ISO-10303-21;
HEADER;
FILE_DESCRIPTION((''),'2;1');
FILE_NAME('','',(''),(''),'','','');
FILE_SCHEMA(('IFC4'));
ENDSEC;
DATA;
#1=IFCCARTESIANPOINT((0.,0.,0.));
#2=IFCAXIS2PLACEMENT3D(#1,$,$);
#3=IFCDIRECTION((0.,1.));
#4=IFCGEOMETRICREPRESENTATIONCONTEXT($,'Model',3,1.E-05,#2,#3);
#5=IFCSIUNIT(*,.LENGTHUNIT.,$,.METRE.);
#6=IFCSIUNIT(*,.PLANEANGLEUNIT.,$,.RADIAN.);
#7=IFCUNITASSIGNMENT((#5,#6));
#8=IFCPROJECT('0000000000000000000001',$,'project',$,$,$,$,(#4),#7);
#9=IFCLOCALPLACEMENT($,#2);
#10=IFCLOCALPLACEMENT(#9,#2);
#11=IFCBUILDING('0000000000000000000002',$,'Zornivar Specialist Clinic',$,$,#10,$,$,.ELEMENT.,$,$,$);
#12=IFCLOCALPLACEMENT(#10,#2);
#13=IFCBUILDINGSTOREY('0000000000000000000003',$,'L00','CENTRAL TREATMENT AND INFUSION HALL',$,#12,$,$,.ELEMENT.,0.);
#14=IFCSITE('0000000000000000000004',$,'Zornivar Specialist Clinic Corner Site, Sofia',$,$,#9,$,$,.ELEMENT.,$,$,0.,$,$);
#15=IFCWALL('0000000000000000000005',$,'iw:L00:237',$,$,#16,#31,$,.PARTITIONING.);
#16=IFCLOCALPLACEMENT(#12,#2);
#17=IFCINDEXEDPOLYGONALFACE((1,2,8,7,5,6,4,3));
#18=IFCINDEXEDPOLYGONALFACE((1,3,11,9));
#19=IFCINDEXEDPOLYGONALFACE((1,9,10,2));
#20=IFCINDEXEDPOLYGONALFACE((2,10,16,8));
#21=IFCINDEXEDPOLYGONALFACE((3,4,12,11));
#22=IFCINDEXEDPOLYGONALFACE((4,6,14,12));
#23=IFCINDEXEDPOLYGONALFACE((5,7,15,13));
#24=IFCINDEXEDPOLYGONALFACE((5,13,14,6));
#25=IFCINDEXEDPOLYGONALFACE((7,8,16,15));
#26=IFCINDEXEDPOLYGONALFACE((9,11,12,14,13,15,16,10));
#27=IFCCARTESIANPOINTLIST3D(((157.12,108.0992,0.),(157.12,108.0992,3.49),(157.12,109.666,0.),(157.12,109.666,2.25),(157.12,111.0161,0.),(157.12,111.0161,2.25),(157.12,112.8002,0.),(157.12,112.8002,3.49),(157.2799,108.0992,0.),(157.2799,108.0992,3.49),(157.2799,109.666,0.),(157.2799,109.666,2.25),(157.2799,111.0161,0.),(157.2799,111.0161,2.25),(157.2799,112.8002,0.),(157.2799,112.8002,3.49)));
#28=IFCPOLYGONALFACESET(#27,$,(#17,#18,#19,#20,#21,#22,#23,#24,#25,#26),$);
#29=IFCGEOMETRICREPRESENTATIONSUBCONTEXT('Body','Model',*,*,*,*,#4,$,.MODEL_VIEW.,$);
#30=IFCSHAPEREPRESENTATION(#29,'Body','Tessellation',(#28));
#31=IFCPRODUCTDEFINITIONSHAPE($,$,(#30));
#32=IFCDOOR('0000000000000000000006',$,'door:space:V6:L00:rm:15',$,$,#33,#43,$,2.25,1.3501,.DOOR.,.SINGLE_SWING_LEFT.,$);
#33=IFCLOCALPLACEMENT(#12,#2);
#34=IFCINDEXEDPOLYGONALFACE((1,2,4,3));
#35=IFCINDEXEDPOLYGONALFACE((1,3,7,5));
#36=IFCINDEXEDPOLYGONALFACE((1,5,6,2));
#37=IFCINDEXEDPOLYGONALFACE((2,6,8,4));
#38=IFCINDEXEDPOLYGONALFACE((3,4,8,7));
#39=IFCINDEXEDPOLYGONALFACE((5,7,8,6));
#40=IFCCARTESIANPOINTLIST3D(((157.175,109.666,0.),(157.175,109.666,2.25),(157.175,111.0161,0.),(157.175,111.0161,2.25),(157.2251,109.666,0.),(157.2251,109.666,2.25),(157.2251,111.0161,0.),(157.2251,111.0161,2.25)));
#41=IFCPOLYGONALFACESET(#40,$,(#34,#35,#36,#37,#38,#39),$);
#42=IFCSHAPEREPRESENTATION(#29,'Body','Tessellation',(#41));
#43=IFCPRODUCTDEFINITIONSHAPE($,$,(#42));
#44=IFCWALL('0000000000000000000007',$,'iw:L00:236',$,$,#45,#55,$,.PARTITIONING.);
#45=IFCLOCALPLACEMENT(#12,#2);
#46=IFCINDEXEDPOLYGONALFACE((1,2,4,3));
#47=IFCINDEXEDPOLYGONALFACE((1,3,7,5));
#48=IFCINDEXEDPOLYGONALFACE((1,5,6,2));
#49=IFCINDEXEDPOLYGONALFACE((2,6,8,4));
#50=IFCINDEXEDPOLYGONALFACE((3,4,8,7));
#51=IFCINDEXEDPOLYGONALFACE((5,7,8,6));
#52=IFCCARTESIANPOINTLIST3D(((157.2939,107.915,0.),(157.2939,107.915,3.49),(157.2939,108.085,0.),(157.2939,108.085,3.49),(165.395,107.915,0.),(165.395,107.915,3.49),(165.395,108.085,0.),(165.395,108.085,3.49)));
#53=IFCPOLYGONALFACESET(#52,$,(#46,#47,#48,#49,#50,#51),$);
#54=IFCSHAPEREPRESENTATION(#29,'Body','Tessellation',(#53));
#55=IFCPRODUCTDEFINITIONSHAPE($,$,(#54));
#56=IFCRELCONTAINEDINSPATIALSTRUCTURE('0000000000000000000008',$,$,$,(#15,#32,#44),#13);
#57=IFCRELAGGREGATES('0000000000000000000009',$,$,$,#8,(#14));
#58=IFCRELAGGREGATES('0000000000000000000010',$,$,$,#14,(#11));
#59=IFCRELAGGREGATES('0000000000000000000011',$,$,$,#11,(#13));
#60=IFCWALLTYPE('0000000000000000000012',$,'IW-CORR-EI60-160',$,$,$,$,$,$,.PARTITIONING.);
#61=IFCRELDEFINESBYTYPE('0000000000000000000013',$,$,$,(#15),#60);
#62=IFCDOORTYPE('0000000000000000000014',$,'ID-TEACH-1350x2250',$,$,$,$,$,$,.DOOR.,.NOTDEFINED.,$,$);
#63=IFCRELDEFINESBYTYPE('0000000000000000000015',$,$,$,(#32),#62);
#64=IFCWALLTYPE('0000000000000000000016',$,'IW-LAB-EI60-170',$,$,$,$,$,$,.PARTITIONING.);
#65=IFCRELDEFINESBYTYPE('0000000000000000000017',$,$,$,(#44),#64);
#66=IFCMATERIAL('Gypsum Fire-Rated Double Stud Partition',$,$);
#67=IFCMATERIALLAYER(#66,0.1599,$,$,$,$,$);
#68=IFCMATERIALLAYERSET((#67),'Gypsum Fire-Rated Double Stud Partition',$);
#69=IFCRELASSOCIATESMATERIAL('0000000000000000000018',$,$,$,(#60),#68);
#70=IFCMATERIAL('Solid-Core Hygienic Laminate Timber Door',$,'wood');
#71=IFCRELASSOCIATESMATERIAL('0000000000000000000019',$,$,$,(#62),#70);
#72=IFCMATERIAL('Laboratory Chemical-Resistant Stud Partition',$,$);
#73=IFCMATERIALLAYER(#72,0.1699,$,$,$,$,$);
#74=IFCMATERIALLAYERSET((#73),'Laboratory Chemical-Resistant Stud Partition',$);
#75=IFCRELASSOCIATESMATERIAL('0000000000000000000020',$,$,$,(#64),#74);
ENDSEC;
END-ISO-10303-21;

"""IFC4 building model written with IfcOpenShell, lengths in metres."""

from ifc_helpers import new_model, si_unit, direction, frame, frame_2d, origin, place, context, subcontext, project, spatial, rectangle, extrude, material, layer, layer_set, type_object, element, fill, save


model = new_model("IFC4")

# Units and contexts
model_context = context("Model", 3, precision=1e-05, world=origin(), true_north=direction((0.0, 1.0)))
body_context = subcontext(model_context, "Body", "Model", "MODEL_VIEW")
ifc_project = project(units=[si_unit("LENGTHUNIT", "METRE"), si_unit("PLANEANGLEUNIT", "RADIAN")], contexts=[model_context])

# Site, building, storey
site_placement = place(None, origin())
site = spatial("IfcSite", under=ifc_project, at=site_placement, Name="Zornivar Specialist Clinic Corner Site, Sofia", CompositionType="ELEMENT", RefElevation=0.0)
building_placement = place(site_placement, origin())
building = spatial("IfcBuilding", under=site, at=building_placement, Name="Zornivar Specialist Clinic", CompositionType="ELEMENT")
storey_placement = place(building_placement, origin())
storey = spatial("IfcBuildingStorey", under=building, at=storey_placement, Name="L00", Description="CENTRAL TREATMENT AND INFUSION HALL", CompositionType="ELEMENT", Elevation=0.0)

# Wall, opening, door
ifc_material_1 = material(Name="Gypsum Fire-Rated Double Stud Partition")
ifc_layer_1 = layer(ifc_material_1, 0.1599)
ifc_layer_set_1 = layer_set([ifc_layer_1], Name="Gypsum Fire-Rated Double Stud Partition")
wall_type_1 = type_object("IfcWallType", Name="IW-CORR-EI60-160", PredefinedType="PARTITIONING", material=ifc_layer_set_1)
wall_1_placement = place(storey_placement, frame((157.2, 108.0991, 0.0), z_axis=(0.0, 0.0, 1.0), x_axis=(0.0, 1.0, 0.0)))
wall_1 = element("IfcWall", 1, at=wall_1_placement, inside=storey, type_object=wall_type_1, Name="iw:L00:237", PredefinedType="PARTITIONING", context=body_context, shape_type="SweptSolid", body=[
    extrude(rectangle(XDim=4.7009, YDim=0.1599, at=frame_2d((2.3506, 0.0))), origin(), (0.0, 0.0, 1.0), 3.49),
])
opening_placement = place(wall_1_placement, frame((1.5669, 0.0, 0.0)))
opening = element("IfcOpeningElement", 2, at=opening_placement, cuts=wall_1, PredefinedType="OPENING", context=body_context, shape_type="SweptSolid", body=[
    extrude(rectangle(XDim=1.3501, YDim=2.25, at=frame_2d((0.675, 1.125))), frame((0.0, 0.0898, 0.0), z_axis=(0.0, -1.0, 0.0), x_axis=(1.0, 0.0, 0.0)), (0.0, 0.0, 1.0), 0.1799),
])
ifc_material_2 = material(Name="Solid-Core Hygienic Laminate Timber Door", Category="wood")
door_type = type_object("IfcDoorType", Name="ID-TEACH-1350x2250", OperationType="NOTDEFINED", PredefinedType="DOOR", material=ifc_material_2)
door_placement = place(opening_placement, origin())
door = element("IfcDoor", 3, at=door_placement, inside=storey, type_object=door_type, Name="door:space:V6:L00:rm:15", OperationType="SINGLE_SWING_LEFT", OverallHeight=2.25, OverallWidth=1.3501, PredefinedType="DOOR", context=body_context, shape_type="SweptSolid", body=[
    extrude(rectangle(XDim=1.3501, YDim=2.25, at=frame_2d((0.675, 1.125))), frame((0.0, 0.0249, 0.0), z_axis=(0.0, -1.0, 0.0), x_axis=(1.0, 0.0, 0.0)), (0.0, 0.0, 1.0), 0.05),
])
fill(opening, door)

# Wall
ifc_material_3 = material(Name="Laboratory Chemical-Resistant Stud Partition")
ifc_layer_2 = layer(ifc_material_3, 0.1699)
ifc_layer_set_2 = layer_set([ifc_layer_2], Name="Laboratory Chemical-Resistant Stud Partition")
wall_type_2 = type_object("IfcWallType", Name="IW-LAB-EI60-170", PredefinedType="PARTITIONING", material=ifc_layer_set_2)
wall_2_placement = place(storey_placement, frame((157.2939, 108.0, 0.0), z_axis=(0.0, 0.0, 1.0), x_axis=(1.0, 0.0, 0.0)))
element("IfcWall", 4, at=wall_2_placement, inside=storey, type_object=wall_type_2, Name="iw:L00:236", PredefinedType="PARTITIONING", context=body_context, shape_type="SweptSolid", body=[
    extrude(rectangle(XDim=8.1011, YDim=0.1699, at=frame_2d((4.0505, 0.0))), origin(), (0.0, 0.0, 1.0), 3.49),
])

save(model, "model.ifc")
